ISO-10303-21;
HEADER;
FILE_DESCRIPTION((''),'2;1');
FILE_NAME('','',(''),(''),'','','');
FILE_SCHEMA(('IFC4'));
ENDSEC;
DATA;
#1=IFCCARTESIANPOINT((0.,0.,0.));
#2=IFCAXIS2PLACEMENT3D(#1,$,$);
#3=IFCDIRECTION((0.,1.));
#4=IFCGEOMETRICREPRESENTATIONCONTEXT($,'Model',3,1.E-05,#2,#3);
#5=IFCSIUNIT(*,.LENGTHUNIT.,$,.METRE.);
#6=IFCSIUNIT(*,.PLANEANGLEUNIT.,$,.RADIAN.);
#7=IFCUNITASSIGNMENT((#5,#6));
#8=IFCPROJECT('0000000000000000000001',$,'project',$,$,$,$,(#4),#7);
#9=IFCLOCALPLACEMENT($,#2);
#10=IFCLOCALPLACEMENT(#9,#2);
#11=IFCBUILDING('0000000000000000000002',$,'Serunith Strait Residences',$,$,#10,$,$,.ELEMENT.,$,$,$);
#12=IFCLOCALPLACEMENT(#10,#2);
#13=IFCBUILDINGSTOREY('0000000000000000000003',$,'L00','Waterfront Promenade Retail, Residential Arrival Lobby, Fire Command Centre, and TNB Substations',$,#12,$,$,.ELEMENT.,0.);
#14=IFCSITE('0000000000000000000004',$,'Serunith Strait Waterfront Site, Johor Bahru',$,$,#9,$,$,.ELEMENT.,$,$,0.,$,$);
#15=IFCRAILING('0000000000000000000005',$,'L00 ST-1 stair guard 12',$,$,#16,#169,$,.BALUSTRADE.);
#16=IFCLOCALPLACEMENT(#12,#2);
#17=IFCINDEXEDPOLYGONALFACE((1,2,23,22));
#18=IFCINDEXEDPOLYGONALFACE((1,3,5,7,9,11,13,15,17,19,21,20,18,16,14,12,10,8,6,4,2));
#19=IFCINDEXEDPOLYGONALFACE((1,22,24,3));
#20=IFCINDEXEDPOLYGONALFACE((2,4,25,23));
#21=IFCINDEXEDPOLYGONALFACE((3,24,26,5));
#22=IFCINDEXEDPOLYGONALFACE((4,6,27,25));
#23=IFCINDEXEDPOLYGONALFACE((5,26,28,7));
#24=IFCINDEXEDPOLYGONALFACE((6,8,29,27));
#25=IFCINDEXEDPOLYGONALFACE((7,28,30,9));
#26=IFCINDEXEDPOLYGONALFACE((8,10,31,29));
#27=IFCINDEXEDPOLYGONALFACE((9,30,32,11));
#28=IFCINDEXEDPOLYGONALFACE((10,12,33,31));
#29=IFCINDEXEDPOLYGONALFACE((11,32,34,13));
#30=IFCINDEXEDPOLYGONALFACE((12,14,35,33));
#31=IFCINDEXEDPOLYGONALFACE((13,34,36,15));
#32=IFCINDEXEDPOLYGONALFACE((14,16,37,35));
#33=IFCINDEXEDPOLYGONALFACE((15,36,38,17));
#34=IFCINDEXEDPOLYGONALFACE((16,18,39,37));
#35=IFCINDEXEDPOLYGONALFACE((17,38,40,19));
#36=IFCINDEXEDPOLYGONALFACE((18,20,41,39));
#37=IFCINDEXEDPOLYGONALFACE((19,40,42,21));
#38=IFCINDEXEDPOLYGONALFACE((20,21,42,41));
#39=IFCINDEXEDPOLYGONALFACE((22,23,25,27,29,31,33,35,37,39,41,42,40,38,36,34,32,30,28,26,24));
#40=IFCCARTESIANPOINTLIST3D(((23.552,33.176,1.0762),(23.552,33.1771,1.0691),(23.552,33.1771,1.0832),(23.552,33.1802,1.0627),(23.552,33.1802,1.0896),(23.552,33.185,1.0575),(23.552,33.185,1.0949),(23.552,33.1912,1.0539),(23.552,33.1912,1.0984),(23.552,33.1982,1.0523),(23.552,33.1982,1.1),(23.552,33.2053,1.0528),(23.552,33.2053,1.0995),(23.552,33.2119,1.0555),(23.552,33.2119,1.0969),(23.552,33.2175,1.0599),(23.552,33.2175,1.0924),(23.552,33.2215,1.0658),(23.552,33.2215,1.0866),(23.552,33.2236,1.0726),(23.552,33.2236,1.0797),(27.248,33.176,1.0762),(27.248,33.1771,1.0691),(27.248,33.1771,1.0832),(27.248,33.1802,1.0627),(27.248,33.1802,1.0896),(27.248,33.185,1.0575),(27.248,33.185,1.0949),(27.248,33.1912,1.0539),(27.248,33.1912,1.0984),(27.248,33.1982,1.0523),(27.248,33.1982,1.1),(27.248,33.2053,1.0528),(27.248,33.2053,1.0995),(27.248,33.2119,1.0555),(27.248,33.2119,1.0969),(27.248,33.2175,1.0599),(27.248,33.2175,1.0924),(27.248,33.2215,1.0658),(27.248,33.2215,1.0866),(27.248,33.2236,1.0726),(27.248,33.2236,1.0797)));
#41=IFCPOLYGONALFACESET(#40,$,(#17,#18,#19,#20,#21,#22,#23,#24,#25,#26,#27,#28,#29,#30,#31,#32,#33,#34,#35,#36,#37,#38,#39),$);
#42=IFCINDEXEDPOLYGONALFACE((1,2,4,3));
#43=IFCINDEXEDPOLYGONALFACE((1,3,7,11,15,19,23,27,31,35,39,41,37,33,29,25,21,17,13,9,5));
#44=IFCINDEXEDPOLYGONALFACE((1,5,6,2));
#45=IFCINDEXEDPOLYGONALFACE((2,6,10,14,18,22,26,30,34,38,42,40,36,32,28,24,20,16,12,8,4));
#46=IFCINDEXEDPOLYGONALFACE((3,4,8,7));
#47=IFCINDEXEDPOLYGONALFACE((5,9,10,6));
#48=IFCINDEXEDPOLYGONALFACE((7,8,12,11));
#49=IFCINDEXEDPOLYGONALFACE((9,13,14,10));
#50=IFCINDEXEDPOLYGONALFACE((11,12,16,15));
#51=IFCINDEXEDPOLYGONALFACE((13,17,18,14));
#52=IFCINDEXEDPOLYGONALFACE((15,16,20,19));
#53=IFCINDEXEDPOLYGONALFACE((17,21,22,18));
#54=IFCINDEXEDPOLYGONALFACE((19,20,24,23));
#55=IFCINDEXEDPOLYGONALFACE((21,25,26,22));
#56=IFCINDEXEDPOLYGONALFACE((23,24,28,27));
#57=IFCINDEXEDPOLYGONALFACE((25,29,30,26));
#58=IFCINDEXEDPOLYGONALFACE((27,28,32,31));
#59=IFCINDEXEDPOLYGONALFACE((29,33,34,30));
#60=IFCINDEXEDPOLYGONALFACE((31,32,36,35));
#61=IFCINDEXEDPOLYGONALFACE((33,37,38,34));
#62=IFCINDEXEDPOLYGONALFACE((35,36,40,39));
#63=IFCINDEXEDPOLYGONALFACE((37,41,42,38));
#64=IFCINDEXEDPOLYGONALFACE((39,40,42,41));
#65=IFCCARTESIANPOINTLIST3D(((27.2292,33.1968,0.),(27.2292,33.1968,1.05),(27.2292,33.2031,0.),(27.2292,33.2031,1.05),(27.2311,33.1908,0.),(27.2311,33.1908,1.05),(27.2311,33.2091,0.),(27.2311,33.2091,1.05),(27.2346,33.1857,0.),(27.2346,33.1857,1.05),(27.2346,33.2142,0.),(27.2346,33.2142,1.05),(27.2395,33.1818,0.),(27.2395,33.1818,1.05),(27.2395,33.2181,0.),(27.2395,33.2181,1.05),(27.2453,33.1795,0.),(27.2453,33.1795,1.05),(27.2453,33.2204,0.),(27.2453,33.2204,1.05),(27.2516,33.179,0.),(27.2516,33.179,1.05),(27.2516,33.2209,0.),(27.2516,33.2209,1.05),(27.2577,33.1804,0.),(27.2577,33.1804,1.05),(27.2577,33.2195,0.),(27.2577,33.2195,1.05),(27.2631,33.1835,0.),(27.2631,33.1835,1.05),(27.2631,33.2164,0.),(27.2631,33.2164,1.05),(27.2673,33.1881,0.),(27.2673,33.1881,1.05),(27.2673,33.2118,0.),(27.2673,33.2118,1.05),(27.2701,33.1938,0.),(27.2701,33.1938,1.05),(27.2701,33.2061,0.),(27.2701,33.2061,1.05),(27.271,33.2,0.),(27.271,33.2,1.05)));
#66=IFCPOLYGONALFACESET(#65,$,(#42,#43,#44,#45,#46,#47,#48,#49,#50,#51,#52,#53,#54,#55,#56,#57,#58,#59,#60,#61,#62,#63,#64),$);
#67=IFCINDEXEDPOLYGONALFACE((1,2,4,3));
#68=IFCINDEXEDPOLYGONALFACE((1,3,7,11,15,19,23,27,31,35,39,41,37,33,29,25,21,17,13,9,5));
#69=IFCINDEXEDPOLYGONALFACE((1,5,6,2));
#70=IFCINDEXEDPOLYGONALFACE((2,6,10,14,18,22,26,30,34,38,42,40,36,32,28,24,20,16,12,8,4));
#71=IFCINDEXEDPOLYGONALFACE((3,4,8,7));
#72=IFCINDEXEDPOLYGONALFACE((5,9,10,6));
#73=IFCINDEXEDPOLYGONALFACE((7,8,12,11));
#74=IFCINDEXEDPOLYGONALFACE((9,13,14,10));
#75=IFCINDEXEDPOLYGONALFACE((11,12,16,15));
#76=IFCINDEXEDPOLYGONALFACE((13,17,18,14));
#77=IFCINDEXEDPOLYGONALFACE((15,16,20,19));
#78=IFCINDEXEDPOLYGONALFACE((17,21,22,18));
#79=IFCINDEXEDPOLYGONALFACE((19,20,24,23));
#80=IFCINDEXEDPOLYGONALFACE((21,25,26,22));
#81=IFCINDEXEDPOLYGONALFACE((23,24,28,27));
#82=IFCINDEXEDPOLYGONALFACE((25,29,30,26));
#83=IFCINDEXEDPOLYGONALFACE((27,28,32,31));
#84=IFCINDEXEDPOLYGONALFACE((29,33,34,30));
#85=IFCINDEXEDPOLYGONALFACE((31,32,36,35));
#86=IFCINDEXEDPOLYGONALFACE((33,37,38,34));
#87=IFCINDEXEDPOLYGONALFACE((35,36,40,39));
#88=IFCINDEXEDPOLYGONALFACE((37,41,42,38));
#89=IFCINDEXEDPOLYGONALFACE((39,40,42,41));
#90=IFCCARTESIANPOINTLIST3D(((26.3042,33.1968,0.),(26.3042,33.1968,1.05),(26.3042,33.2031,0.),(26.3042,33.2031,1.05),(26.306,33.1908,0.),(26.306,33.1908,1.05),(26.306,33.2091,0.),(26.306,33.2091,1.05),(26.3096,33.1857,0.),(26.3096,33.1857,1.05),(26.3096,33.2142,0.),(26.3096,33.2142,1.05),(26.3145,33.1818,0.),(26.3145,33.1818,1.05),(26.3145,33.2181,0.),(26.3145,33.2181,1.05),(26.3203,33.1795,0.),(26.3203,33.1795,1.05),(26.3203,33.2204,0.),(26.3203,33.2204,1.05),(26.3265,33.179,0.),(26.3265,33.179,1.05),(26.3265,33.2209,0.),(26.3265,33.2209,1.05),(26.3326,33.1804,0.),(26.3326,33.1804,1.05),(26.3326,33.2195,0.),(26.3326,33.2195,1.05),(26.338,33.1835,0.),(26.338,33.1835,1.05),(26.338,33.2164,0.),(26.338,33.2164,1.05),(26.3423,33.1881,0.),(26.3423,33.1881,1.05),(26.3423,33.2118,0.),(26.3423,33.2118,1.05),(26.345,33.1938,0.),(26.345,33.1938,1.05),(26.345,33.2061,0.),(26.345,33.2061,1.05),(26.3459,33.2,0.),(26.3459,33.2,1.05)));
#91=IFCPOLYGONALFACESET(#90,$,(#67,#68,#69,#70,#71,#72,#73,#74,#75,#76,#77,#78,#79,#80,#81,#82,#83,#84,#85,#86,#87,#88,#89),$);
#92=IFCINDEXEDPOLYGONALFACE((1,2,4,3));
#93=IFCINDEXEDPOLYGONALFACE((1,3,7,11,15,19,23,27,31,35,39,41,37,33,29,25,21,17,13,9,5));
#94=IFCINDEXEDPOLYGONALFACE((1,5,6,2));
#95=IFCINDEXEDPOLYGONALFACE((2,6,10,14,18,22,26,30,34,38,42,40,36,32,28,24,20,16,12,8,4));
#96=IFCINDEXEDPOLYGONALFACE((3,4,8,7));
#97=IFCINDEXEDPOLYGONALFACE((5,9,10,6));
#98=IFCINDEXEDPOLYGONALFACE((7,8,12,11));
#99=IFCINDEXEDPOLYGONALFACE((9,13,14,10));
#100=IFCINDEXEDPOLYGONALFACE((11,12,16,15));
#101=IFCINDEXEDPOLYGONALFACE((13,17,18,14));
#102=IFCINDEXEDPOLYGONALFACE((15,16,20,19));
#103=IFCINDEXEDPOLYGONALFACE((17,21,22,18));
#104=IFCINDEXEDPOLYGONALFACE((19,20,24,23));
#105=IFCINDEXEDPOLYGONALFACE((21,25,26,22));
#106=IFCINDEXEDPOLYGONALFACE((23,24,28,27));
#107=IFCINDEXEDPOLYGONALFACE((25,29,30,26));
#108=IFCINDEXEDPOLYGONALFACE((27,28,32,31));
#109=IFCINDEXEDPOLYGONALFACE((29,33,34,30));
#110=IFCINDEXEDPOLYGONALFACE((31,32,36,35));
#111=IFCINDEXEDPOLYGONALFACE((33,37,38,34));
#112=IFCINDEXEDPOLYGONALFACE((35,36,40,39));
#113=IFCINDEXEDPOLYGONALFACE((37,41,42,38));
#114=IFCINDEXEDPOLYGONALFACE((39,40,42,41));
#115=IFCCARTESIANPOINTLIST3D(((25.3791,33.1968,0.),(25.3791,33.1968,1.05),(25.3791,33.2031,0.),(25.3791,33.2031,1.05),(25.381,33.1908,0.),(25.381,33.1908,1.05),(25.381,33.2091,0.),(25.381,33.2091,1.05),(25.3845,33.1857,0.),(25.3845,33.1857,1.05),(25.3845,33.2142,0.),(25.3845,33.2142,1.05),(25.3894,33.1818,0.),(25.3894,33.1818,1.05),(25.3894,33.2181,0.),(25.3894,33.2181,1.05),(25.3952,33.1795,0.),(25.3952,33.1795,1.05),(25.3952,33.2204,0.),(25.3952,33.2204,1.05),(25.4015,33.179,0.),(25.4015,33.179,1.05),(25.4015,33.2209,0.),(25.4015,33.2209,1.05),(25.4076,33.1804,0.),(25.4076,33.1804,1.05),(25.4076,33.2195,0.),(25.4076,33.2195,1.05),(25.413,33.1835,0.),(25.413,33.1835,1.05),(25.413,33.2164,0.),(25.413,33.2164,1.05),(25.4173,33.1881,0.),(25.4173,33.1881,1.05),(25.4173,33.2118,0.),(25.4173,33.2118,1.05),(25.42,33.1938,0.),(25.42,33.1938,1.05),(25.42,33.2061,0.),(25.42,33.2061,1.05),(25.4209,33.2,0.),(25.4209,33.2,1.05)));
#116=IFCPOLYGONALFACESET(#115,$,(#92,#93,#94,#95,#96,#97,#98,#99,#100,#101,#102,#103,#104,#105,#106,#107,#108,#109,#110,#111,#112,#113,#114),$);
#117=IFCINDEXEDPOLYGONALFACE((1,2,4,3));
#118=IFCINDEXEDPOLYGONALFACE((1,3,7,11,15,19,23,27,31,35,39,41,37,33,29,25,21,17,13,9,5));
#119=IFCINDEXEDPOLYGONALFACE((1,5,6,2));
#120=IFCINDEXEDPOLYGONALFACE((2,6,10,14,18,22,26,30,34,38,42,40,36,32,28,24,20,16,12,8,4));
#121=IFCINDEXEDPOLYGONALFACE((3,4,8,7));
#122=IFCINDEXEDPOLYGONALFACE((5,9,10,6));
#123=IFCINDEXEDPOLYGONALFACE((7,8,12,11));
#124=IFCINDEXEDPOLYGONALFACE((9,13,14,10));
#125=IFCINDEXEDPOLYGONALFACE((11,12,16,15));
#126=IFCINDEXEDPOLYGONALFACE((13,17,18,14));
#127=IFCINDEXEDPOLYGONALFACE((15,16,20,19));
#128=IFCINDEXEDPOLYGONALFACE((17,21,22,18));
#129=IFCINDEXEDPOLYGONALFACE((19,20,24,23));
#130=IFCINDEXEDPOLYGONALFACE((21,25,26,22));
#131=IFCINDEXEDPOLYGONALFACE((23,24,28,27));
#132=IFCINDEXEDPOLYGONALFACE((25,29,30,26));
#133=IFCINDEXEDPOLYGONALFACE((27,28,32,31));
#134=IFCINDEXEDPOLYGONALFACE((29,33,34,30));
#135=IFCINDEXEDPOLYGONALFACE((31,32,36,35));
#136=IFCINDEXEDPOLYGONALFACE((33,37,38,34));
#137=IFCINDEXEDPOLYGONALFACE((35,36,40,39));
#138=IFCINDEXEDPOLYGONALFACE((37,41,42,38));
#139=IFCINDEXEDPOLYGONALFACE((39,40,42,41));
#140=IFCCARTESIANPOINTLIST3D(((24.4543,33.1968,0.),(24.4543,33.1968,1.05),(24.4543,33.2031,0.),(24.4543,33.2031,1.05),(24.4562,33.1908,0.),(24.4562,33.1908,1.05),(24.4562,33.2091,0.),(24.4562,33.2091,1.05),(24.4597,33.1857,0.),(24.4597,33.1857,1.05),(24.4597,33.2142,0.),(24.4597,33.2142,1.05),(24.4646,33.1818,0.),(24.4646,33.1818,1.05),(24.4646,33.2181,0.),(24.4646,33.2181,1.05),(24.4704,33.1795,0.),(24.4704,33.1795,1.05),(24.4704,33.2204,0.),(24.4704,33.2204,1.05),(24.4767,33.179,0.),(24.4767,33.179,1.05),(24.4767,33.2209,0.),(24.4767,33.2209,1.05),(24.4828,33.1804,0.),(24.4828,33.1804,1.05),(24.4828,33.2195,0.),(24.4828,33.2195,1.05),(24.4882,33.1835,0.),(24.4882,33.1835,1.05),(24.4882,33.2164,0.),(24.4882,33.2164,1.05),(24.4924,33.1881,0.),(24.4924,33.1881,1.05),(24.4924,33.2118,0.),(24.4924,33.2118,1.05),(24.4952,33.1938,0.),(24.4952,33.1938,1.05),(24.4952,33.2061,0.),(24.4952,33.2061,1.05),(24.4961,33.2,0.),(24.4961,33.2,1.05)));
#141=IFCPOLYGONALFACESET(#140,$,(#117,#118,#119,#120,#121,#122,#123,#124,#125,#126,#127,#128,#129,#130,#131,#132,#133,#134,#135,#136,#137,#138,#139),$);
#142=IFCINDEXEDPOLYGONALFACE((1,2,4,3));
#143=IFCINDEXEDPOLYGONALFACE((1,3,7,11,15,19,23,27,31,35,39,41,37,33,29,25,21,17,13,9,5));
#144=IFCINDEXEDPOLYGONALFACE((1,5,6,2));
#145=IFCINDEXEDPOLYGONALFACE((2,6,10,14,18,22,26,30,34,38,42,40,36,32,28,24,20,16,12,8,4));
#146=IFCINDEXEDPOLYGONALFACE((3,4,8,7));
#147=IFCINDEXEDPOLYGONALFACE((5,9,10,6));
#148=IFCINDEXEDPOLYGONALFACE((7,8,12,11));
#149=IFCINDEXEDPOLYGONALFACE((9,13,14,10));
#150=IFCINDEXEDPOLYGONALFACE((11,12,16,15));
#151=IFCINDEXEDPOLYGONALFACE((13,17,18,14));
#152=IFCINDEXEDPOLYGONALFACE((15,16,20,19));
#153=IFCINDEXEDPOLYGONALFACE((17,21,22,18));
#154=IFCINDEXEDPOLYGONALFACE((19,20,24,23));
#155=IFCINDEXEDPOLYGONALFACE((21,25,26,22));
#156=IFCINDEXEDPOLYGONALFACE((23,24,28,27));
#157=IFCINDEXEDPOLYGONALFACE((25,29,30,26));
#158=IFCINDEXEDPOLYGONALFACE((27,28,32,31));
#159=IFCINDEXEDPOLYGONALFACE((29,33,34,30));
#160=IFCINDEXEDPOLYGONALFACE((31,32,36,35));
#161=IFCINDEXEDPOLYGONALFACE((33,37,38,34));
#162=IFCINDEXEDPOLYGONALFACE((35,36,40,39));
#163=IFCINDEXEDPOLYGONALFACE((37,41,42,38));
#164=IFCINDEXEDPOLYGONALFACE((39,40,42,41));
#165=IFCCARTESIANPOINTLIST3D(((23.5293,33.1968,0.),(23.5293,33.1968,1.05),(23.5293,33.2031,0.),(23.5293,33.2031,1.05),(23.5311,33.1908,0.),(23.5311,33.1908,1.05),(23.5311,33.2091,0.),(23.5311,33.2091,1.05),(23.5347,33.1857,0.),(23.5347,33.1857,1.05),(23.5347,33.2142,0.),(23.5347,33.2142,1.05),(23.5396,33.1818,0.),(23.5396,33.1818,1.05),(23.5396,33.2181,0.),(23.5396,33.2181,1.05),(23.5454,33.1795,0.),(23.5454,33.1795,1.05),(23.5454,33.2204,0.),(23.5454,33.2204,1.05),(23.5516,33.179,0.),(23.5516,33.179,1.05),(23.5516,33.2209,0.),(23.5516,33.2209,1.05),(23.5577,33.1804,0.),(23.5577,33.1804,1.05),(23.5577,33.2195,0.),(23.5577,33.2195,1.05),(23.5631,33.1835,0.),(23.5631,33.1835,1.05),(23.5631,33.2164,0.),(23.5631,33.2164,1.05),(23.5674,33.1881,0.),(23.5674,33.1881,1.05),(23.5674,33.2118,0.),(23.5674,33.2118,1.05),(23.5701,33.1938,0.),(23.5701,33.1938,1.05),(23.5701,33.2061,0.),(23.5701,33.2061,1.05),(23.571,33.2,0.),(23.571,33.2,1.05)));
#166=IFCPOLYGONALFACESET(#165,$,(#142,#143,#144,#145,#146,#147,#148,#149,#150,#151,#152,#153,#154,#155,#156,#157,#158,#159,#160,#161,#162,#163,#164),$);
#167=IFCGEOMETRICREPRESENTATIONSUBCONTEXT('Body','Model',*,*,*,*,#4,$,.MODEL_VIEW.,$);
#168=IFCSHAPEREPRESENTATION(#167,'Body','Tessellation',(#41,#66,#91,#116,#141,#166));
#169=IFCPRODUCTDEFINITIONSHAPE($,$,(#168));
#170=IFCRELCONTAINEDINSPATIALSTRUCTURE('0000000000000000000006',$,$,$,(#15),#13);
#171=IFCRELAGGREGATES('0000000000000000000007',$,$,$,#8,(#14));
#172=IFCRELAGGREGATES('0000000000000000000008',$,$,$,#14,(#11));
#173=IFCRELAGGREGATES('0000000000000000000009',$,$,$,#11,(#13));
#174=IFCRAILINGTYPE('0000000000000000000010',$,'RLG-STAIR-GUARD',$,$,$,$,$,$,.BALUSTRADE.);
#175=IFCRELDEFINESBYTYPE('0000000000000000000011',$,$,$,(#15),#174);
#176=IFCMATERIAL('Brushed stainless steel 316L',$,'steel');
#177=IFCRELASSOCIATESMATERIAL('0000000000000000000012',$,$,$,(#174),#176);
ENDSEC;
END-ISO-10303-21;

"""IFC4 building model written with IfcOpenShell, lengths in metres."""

from ifc_helpers import new_model, si_unit, direction, frame, origin, origin_2d, place, context, subcontext, project, spatial, circle, extrude, material, type_object, element, save


model = new_model("IFC4")

# Units and contexts
model_context = context("Model", 3, precision=1e-05, world=origin(), true_north=direction((0.0, 1.0)))
body_context = subcontext(model_context, "Body", "Model", "MODEL_VIEW")
ifc_project = project(units=[si_unit("LENGTHUNIT", "METRE"), si_unit("PLANEANGLEUNIT", "RADIAN")], contexts=[model_context])

# Site, building, storey
site_placement = place(None, origin())
site = spatial("IfcSite", under=ifc_project, at=site_placement, Name="Serunith Strait Waterfront Site, Johor Bahru", CompositionType="ELEMENT", RefElevation=0.0)
building_placement = place(site_placement, origin())
building = spatial("IfcBuilding", under=site, at=building_placement, Name="Serunith Strait Residences", CompositionType="ELEMENT")
storey_placement = place(building_placement, origin())
storey = spatial("IfcBuildingStorey", under=building, at=storey_placement, Name="L00", Description="Waterfront Promenade Retail, Residential Arrival Lobby, Fire Command Centre, and TNB Substations", CompositionType="ELEMENT", Elevation=0.0)

# Railing
ifc_material_1 = material(Name="Brushed stainless steel 316L", Category="steel")
railing_type_1 = type_object("IfcRailingType", Name="RLG-STAIR-GUARD", PredefinedType="BALUSTRADE", material=ifc_material_1)
railing_1_placement = place(storey_placement, frame((27.25, 33.2, 0.0)))
element("IfcRailing", 1, at=railing_1_placement, inside=storey, type_object=railing_type_1, Name="L00 ST-1 stair guard 12", PredefinedType="BALUSTRADE", context=body_context, shape_type="SweptSolid", body=[
    extrude(circle(Radius=0.0239, at=origin_2d()), frame((-0.002, 0.0, 1.0762), z_axis=(-1.0, 0.0, 0.0), x_axis=(0.0, -1.0, 0.0)), (0.0, 0.0, 1.0), 3.696),
    extrude(circle(Radius=0.021, at=origin_2d()), origin(), (0.0, 0.0, 1.0), 1.05),
    extrude(circle(Radius=0.021, at=origin_2d()), frame((-0.925, 0.0, 0.0)), (0.0, 0.0, 1.0), 1.05),
    extrude(circle(Radius=0.021, at=origin_2d()), frame((-1.8501, 0.0, 0.0)), (0.0, 0.0, 1.0), 1.05),
    extrude(circle(Radius=0.021, at=origin_2d()), frame((-2.7749, 0.0, 0.0)), (0.0, 0.0, 1.0), 1.05),
    extrude(circle(Radius=0.021, at=origin_2d()), frame((-3.7, 0.0, 0.0)), (0.0, 0.0, 1.0), 1.05),
])

save(model, "model.ifc")
